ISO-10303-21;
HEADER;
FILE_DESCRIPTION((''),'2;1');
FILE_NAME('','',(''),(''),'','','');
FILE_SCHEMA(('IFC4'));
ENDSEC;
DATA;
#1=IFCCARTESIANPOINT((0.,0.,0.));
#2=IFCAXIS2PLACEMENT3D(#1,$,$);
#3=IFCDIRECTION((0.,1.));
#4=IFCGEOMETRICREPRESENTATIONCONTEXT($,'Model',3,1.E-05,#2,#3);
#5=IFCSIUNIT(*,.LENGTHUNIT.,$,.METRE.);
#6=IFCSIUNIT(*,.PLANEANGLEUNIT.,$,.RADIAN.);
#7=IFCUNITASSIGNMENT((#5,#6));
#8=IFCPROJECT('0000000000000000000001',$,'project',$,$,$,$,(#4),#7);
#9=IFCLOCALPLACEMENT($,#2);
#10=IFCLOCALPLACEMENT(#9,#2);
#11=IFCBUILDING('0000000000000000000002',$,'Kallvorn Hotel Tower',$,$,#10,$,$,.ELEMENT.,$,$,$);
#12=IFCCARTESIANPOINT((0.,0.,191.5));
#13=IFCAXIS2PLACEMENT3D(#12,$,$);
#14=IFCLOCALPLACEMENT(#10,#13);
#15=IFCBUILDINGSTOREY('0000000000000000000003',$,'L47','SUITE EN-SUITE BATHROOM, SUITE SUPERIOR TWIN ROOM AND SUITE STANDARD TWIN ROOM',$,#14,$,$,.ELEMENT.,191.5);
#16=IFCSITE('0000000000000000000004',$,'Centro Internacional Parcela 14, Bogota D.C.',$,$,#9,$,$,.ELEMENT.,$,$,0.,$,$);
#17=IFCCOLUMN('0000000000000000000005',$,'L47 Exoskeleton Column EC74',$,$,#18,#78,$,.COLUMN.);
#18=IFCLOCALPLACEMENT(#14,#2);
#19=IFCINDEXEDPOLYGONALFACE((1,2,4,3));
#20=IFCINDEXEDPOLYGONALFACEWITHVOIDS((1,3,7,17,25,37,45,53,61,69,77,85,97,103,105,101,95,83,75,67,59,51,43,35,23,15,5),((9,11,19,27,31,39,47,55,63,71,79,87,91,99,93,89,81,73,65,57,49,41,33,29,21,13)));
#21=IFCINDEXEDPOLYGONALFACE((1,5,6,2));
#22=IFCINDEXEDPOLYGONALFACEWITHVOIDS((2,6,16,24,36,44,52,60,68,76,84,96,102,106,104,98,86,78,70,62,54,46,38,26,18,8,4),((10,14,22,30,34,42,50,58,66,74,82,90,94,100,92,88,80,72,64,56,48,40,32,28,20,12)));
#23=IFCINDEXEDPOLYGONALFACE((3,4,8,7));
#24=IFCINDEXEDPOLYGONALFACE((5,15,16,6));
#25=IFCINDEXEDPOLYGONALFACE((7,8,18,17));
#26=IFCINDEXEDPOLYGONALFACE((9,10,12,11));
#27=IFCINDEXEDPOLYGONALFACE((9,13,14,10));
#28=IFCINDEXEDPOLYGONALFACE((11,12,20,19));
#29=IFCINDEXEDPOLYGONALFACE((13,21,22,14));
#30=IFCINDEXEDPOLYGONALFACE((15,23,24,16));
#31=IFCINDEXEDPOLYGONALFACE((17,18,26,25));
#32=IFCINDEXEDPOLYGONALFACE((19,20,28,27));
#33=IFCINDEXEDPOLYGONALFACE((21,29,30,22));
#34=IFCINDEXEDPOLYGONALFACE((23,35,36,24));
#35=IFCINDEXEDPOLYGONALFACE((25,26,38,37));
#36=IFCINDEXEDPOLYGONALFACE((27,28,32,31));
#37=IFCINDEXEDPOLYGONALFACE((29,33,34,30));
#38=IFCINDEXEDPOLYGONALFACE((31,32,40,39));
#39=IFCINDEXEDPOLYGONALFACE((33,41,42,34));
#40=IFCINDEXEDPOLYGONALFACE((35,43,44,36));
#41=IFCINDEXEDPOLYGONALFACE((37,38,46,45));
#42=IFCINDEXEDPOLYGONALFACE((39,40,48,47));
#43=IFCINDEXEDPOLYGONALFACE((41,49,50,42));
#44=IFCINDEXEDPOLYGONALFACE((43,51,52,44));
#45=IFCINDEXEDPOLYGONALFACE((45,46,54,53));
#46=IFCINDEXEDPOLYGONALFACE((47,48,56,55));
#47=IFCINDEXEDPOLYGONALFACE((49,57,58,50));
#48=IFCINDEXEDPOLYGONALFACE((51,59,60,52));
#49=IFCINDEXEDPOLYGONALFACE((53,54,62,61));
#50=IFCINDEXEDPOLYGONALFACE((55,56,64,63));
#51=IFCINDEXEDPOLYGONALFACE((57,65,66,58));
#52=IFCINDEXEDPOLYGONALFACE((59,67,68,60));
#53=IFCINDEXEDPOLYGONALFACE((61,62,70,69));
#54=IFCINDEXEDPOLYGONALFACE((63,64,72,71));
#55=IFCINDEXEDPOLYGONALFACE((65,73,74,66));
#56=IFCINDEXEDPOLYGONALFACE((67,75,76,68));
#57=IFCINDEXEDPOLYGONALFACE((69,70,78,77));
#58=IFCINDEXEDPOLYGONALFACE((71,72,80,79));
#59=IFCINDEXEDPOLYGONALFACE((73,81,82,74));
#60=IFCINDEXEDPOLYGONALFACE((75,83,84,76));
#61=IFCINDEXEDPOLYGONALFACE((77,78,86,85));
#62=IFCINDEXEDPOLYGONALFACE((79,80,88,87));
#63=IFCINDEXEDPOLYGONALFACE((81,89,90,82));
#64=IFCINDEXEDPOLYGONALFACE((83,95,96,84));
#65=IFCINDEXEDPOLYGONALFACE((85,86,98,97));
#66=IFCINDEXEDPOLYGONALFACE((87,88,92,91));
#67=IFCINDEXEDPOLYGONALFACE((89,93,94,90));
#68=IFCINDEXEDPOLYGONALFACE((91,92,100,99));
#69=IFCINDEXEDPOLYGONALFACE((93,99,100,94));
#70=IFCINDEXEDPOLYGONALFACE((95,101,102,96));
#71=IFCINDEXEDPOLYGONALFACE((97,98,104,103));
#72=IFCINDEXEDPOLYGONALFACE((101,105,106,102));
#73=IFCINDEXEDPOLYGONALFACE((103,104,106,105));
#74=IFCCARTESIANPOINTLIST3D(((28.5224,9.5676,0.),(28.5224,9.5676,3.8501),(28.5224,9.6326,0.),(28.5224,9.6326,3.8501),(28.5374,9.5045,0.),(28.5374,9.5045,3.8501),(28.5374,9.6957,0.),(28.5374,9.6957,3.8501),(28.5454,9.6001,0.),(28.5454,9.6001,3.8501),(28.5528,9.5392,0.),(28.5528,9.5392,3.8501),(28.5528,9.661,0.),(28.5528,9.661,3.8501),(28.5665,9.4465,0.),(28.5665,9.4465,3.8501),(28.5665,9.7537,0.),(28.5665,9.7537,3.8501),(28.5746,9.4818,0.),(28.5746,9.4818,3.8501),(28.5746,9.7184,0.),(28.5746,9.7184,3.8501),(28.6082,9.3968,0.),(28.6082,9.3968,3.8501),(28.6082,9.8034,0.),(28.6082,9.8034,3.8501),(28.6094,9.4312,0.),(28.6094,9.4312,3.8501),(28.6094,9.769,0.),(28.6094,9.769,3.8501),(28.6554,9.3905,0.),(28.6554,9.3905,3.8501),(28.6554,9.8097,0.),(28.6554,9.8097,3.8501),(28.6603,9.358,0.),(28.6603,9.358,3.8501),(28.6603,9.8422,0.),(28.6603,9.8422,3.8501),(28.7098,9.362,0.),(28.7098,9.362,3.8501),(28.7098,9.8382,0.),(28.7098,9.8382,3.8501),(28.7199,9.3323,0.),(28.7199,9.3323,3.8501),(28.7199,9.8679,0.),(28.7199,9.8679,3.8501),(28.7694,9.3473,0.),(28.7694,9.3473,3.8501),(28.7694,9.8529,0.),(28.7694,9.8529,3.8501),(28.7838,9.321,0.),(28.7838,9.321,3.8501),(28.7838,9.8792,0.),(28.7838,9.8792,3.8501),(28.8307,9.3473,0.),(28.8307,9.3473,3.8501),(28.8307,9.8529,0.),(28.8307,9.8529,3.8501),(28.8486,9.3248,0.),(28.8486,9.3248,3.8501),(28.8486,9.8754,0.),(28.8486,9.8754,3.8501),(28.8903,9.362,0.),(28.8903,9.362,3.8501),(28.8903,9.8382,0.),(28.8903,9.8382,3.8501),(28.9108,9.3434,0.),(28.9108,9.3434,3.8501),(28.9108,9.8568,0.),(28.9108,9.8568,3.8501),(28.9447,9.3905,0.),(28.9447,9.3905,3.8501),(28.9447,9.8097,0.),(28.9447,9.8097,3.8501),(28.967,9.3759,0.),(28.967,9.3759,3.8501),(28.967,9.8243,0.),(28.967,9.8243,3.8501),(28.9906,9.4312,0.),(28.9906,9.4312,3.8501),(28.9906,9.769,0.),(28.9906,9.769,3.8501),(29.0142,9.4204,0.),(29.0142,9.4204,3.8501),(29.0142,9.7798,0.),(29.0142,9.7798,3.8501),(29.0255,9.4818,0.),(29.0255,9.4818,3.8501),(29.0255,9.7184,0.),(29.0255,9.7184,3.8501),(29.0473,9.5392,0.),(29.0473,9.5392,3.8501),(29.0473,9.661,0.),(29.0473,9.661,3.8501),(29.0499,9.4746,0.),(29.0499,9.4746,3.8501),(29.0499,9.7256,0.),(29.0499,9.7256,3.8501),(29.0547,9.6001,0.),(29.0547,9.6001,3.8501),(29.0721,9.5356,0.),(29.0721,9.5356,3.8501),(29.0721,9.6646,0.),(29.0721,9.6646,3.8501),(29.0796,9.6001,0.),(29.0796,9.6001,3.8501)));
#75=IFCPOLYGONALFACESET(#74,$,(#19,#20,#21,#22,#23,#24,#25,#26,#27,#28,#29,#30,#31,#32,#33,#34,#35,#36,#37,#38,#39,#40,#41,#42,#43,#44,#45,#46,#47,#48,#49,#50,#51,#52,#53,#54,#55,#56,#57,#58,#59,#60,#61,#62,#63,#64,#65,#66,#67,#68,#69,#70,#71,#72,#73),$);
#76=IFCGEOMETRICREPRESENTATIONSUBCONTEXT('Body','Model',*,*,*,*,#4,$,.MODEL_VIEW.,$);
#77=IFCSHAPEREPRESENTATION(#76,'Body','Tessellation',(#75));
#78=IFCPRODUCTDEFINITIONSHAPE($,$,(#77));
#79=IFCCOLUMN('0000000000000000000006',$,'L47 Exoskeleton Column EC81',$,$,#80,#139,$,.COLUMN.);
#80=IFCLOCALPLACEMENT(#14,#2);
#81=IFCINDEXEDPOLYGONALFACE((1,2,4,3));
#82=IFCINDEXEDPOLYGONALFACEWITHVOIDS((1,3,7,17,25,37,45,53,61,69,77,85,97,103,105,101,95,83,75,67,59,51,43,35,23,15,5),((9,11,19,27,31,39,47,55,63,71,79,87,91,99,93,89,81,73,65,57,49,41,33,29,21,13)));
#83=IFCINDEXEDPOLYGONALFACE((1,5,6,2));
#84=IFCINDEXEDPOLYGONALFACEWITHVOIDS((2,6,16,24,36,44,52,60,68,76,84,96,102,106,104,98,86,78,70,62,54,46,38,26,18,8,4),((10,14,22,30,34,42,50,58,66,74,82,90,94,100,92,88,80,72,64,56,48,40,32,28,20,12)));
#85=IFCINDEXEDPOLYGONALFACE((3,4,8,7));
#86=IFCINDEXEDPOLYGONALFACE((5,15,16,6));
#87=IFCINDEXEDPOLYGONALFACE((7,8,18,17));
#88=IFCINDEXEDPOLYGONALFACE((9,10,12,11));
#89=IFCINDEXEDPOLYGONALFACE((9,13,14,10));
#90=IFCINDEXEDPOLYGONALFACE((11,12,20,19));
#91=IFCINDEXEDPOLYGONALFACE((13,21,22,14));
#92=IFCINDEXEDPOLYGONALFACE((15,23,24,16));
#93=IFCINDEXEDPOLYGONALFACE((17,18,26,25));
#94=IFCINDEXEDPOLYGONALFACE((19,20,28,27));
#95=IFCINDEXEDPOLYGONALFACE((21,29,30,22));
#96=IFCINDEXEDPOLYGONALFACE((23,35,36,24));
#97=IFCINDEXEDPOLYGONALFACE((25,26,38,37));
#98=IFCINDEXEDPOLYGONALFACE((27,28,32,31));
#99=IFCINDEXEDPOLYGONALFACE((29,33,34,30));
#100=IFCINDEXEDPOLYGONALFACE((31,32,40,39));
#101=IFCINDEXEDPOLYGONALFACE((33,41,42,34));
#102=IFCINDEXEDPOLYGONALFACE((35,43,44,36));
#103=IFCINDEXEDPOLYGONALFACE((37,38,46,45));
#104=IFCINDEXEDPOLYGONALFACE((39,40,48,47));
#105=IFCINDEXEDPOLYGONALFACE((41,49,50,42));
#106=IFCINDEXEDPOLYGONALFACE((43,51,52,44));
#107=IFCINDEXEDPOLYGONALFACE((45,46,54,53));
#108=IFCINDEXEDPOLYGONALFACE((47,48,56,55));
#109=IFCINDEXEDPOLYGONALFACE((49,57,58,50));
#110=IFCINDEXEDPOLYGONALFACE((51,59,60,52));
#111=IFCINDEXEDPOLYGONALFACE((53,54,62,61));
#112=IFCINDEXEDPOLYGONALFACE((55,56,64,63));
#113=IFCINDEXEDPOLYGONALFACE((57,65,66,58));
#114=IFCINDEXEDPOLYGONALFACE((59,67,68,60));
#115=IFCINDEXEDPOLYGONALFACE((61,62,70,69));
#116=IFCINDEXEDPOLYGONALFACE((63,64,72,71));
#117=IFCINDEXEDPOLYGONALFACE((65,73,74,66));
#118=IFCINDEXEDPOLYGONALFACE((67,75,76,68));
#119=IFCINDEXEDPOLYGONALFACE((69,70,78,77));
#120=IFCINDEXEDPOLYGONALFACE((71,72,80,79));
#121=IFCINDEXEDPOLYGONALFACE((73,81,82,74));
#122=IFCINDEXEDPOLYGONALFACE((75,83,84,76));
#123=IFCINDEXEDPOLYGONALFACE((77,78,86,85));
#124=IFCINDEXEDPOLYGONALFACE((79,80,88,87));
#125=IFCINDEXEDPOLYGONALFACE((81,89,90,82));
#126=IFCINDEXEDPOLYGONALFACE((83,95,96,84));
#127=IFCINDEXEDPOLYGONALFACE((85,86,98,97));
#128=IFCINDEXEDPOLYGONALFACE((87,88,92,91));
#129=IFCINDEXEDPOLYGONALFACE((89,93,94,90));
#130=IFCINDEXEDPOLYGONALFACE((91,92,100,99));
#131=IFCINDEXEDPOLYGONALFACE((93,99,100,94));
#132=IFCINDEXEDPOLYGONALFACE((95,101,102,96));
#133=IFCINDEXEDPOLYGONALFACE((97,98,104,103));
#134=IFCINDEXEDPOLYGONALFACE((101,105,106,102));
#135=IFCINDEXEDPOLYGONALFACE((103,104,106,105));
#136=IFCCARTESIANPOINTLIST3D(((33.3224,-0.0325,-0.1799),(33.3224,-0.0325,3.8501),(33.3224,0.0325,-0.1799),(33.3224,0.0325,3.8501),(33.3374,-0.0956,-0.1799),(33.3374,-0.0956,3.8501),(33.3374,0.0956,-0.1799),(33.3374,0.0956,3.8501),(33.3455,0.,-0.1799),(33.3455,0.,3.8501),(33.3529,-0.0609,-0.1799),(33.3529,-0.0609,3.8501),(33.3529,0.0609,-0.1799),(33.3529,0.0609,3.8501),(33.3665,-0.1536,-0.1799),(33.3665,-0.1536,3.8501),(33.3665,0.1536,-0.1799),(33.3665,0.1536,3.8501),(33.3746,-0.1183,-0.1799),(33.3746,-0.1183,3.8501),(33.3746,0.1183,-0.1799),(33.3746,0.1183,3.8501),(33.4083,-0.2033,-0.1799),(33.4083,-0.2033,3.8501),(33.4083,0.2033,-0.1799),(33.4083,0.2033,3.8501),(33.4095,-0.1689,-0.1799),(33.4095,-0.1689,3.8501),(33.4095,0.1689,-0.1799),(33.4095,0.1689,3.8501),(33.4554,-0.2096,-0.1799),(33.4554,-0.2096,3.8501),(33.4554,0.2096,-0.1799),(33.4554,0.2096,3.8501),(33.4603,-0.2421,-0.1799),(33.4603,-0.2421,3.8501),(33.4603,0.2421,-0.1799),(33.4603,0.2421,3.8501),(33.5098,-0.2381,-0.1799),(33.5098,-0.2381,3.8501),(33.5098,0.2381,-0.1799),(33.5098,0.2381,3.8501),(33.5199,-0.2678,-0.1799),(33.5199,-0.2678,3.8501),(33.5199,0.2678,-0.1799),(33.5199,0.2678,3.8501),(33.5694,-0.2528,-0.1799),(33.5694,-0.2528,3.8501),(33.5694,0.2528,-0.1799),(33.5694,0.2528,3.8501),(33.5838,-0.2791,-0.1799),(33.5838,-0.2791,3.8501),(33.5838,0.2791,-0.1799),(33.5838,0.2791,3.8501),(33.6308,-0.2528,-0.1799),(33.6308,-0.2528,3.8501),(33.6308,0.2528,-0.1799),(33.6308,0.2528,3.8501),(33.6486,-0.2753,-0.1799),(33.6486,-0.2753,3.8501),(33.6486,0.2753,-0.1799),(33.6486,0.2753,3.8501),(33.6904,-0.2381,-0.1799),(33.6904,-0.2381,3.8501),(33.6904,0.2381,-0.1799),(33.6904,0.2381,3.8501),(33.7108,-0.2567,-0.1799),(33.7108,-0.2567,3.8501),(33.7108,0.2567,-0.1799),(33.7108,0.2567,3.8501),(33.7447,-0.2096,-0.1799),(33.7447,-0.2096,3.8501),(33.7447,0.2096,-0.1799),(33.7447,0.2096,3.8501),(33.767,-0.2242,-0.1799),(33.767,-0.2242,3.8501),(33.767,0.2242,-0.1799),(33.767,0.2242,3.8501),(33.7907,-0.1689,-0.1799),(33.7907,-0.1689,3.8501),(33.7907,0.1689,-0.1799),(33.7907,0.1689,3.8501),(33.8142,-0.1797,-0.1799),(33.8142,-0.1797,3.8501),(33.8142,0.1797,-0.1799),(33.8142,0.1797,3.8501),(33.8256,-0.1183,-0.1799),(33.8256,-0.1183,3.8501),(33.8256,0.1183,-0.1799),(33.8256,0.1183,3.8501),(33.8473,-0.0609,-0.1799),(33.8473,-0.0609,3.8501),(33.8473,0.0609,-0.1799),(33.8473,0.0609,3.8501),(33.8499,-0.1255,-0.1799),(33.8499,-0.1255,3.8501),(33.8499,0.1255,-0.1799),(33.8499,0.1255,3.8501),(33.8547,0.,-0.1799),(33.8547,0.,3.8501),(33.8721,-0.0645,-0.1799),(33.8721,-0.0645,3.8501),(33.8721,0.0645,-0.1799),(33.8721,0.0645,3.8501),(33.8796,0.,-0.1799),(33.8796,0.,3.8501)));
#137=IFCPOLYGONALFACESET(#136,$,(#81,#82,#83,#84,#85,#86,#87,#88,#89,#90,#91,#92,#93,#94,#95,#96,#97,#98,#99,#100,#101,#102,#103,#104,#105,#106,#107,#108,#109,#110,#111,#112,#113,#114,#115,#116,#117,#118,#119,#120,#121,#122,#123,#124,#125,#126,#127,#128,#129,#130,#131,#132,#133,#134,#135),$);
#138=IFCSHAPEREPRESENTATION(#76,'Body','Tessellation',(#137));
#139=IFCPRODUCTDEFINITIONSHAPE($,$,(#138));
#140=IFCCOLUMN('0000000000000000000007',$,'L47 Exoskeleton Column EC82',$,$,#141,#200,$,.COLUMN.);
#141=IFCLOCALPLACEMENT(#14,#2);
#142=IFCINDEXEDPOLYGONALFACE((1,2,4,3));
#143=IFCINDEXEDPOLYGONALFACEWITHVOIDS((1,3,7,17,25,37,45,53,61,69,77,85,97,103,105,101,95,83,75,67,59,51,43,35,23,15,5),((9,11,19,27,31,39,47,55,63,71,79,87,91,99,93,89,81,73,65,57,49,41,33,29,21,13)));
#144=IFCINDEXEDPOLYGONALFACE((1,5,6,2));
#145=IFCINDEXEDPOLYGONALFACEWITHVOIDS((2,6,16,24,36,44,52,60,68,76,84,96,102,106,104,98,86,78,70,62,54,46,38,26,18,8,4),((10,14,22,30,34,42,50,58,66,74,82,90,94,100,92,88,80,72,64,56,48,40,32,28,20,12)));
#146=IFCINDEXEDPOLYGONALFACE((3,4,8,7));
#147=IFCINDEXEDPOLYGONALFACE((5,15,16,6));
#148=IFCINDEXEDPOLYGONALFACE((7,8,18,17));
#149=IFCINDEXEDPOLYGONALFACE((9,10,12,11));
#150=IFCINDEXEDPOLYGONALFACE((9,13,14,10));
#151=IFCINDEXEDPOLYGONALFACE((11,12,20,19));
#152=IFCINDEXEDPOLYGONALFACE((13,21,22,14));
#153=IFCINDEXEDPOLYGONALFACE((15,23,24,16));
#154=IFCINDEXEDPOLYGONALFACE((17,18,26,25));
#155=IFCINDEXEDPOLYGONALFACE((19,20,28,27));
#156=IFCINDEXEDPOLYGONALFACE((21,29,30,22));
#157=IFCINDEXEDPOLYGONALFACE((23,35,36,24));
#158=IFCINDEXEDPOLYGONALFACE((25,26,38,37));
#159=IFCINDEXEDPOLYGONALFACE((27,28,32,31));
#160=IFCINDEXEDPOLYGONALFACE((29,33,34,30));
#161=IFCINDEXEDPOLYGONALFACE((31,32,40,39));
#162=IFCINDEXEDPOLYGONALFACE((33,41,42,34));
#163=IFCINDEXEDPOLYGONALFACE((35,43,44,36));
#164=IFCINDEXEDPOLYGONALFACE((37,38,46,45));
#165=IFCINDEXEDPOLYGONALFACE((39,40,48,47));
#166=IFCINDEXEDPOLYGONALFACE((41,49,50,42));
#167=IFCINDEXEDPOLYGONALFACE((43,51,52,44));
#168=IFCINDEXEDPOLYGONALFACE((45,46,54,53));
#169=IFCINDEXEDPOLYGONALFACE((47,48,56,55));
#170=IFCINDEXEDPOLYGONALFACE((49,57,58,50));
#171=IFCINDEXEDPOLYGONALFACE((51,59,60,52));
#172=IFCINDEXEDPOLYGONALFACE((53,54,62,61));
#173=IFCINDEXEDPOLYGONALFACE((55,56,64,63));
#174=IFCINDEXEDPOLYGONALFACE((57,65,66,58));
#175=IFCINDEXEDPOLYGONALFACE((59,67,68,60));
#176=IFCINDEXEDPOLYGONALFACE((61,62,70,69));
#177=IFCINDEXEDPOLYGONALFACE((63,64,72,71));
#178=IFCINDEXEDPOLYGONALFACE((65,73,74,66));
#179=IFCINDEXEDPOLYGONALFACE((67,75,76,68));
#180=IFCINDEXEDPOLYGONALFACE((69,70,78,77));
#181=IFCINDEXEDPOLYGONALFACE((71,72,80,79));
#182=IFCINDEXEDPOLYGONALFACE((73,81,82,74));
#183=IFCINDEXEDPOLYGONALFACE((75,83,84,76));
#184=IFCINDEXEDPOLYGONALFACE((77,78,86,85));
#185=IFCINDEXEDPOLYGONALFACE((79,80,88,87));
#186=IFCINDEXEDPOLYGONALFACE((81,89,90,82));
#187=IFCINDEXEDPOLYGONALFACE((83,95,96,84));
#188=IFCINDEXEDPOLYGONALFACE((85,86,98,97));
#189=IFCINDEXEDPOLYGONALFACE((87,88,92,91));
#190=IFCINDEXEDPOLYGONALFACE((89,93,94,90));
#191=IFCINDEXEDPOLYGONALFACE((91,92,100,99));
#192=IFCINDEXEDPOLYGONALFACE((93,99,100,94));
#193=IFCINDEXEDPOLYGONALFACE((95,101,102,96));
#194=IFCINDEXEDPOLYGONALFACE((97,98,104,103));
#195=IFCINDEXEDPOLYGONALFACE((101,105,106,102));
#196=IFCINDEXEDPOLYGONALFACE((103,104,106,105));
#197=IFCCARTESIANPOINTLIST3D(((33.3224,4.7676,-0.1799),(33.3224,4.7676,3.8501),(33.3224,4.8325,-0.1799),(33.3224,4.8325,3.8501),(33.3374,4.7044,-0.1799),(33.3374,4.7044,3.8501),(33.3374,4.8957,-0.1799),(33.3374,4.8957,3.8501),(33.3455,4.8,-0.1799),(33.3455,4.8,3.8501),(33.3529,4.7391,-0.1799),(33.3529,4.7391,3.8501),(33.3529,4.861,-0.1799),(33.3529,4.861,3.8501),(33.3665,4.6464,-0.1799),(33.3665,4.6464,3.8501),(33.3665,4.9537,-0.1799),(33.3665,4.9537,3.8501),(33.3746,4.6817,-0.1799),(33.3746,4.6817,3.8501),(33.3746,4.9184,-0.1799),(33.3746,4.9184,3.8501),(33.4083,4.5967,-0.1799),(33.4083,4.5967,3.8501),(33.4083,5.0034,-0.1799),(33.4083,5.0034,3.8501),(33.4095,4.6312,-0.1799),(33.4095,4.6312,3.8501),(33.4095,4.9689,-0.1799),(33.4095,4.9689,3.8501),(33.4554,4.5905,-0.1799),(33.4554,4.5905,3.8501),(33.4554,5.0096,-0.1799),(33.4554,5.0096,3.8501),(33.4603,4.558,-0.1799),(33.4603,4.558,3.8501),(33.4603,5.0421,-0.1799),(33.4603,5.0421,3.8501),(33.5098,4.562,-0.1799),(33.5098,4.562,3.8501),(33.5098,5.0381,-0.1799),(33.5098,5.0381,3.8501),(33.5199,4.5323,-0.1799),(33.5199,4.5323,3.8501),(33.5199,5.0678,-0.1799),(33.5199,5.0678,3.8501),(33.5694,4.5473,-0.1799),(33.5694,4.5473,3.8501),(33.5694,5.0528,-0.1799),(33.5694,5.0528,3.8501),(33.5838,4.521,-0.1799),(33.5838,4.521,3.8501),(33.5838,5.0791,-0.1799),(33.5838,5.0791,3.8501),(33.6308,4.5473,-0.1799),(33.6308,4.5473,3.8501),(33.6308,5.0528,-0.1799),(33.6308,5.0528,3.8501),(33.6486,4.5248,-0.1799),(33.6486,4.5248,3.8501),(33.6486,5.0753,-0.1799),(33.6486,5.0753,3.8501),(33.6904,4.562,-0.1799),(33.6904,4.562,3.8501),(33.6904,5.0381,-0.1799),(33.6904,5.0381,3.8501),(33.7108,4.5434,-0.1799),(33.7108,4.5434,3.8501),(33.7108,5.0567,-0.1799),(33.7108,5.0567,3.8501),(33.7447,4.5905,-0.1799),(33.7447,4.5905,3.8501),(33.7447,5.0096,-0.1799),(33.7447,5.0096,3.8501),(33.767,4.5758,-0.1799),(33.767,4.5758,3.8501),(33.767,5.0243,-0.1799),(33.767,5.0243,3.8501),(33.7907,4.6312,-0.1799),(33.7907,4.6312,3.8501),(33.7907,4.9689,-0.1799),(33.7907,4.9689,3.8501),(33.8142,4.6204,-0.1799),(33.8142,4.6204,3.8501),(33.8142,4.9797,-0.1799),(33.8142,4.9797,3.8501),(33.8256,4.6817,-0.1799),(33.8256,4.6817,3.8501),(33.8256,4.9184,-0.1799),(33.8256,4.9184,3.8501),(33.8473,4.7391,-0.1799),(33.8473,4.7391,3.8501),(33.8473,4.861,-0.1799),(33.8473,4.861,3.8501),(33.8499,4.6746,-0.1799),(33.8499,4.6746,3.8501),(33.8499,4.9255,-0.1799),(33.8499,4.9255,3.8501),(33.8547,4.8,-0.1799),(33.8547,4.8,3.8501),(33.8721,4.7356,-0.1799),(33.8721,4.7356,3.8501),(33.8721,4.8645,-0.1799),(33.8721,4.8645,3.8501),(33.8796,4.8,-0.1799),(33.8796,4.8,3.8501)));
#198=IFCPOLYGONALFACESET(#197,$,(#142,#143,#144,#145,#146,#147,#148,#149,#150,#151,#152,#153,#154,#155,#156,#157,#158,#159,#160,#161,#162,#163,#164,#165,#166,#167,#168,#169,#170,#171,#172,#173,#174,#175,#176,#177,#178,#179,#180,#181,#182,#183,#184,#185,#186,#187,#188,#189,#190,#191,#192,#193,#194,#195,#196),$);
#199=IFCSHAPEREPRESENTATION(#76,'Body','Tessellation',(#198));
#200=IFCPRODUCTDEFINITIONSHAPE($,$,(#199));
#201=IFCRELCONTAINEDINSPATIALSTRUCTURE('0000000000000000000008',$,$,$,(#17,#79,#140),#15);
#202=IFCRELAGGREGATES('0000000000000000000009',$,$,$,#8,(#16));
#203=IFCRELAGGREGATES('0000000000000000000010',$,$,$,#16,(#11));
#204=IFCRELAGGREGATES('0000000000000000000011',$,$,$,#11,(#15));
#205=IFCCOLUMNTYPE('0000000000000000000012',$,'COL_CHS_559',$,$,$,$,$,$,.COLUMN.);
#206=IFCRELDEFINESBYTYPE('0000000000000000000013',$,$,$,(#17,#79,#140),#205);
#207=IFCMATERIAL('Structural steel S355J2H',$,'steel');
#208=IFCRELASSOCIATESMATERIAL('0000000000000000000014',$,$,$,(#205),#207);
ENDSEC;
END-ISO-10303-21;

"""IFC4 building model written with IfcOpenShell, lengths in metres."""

from ifc_helpers import new_model, si_unit, direction, frame, origin, origin_2d, place, context, subcontext, project, spatial, hollow_circle, extrude, material, material_profile, profile_set, type_object, element, save


model = new_model("IFC4")

# Units and contexts
model_context = context("Model", 3, precision=1e-05, world=origin(), true_north=direction((0.0, 1.0)))
body_context = subcontext(model_context, "Body", "Model", "MODEL_VIEW")
ifc_project = project(units=[si_unit("LENGTHUNIT", "METRE"), si_unit("PLANEANGLEUNIT", "RADIAN")], contexts=[model_context])

# Site, building, storey
site_placement = place(None, origin())
site = spatial("IfcSite", under=ifc_project, at=site_placement, Name="Centro Internacional Parcela 14, Bogota D.C.", CompositionType="ELEMENT", RefElevation=0.0)
building_placement = place(site_placement, origin())
building = spatial("IfcBuilding", under=site, at=building_placement, Name="Kallvorn Hotel Tower", CompositionType="ELEMENT")
storey_placement = place(building_placement, frame((0.0, 0.0, 191.5)))
storey = spatial("IfcBuildingStorey", under=building, at=storey_placement, Name="L47", Description="SUITE EN-SUITE BATHROOM, SUITE SUPERIOR TWIN ROOM AND SUITE STANDARD TWIN ROOM", CompositionType="ELEMENT", Elevation=191.5)

# Columns
ifc_material_1 = material(Name="Structural steel S355J2H", Category="steel")
ifc_material_profile_1 = material_profile(ifc_material_1, hollow_circle(Radius=0.2795, WallThickness=0.0249, at=origin_2d()), Name="CHS 559x25")
ifc_profile_set_1 = profile_set([ifc_material_profile_1], Name="Structural steel S355J2H")
column_type_1 = type_object("IfcColumnType", Name="COL_CHS_559", PredefinedType="COLUMN", material=ifc_profile_set_1)
for number, where, z_axis, x_axis, name in (
    (1, (28.8, 9.6001, 0.0), (0.0, 0.0, 1.0), (1.0, 0.0, 0.0), "L47 Exoskeleton Column EC74"),
):
    element("IfcColumn", number, at=place(storey_placement, frame(where, z_axis=z_axis, x_axis=x_axis)), inside=storey, type_object=column_type_1, Name=name, PredefinedType="COLUMN", context=body_context, shape_type="SweptSolid", body=[
        extrude(hollow_circle(Radius=0.2795, WallThickness=0.0249, at=origin_2d()), origin(), (0.0, 0.0, 1.0), 3.8501),
    ])
for number, where, z_axis, x_axis, name in (
    (2, (33.6001, 0.0, -0.1799), (0.0, 0.0, 1.0), (1.0, 0.0, 0.0), "L47 Exoskeleton Column EC81"),
    (3, (33.6001, 4.8, -0.1799), (0.0, 0.0, 1.0), (1.0, 0.0, 0.0), "L47 Exoskeleton Column EC82"),
):
    element("IfcColumn", number, at=place(storey_placement, frame(where, z_axis=z_axis, x_axis=x_axis)), inside=storey, type_object=column_type_1, Name=name, PredefinedType="COLUMN", context=body_context, shape_type="SweptSolid", body=[
        extrude(hollow_circle(Radius=0.2795, WallThickness=0.0249, at=origin_2d()), origin(), (0.0, 0.0, 1.0), 4.03),
    ])

save(model, "model.ifc")
